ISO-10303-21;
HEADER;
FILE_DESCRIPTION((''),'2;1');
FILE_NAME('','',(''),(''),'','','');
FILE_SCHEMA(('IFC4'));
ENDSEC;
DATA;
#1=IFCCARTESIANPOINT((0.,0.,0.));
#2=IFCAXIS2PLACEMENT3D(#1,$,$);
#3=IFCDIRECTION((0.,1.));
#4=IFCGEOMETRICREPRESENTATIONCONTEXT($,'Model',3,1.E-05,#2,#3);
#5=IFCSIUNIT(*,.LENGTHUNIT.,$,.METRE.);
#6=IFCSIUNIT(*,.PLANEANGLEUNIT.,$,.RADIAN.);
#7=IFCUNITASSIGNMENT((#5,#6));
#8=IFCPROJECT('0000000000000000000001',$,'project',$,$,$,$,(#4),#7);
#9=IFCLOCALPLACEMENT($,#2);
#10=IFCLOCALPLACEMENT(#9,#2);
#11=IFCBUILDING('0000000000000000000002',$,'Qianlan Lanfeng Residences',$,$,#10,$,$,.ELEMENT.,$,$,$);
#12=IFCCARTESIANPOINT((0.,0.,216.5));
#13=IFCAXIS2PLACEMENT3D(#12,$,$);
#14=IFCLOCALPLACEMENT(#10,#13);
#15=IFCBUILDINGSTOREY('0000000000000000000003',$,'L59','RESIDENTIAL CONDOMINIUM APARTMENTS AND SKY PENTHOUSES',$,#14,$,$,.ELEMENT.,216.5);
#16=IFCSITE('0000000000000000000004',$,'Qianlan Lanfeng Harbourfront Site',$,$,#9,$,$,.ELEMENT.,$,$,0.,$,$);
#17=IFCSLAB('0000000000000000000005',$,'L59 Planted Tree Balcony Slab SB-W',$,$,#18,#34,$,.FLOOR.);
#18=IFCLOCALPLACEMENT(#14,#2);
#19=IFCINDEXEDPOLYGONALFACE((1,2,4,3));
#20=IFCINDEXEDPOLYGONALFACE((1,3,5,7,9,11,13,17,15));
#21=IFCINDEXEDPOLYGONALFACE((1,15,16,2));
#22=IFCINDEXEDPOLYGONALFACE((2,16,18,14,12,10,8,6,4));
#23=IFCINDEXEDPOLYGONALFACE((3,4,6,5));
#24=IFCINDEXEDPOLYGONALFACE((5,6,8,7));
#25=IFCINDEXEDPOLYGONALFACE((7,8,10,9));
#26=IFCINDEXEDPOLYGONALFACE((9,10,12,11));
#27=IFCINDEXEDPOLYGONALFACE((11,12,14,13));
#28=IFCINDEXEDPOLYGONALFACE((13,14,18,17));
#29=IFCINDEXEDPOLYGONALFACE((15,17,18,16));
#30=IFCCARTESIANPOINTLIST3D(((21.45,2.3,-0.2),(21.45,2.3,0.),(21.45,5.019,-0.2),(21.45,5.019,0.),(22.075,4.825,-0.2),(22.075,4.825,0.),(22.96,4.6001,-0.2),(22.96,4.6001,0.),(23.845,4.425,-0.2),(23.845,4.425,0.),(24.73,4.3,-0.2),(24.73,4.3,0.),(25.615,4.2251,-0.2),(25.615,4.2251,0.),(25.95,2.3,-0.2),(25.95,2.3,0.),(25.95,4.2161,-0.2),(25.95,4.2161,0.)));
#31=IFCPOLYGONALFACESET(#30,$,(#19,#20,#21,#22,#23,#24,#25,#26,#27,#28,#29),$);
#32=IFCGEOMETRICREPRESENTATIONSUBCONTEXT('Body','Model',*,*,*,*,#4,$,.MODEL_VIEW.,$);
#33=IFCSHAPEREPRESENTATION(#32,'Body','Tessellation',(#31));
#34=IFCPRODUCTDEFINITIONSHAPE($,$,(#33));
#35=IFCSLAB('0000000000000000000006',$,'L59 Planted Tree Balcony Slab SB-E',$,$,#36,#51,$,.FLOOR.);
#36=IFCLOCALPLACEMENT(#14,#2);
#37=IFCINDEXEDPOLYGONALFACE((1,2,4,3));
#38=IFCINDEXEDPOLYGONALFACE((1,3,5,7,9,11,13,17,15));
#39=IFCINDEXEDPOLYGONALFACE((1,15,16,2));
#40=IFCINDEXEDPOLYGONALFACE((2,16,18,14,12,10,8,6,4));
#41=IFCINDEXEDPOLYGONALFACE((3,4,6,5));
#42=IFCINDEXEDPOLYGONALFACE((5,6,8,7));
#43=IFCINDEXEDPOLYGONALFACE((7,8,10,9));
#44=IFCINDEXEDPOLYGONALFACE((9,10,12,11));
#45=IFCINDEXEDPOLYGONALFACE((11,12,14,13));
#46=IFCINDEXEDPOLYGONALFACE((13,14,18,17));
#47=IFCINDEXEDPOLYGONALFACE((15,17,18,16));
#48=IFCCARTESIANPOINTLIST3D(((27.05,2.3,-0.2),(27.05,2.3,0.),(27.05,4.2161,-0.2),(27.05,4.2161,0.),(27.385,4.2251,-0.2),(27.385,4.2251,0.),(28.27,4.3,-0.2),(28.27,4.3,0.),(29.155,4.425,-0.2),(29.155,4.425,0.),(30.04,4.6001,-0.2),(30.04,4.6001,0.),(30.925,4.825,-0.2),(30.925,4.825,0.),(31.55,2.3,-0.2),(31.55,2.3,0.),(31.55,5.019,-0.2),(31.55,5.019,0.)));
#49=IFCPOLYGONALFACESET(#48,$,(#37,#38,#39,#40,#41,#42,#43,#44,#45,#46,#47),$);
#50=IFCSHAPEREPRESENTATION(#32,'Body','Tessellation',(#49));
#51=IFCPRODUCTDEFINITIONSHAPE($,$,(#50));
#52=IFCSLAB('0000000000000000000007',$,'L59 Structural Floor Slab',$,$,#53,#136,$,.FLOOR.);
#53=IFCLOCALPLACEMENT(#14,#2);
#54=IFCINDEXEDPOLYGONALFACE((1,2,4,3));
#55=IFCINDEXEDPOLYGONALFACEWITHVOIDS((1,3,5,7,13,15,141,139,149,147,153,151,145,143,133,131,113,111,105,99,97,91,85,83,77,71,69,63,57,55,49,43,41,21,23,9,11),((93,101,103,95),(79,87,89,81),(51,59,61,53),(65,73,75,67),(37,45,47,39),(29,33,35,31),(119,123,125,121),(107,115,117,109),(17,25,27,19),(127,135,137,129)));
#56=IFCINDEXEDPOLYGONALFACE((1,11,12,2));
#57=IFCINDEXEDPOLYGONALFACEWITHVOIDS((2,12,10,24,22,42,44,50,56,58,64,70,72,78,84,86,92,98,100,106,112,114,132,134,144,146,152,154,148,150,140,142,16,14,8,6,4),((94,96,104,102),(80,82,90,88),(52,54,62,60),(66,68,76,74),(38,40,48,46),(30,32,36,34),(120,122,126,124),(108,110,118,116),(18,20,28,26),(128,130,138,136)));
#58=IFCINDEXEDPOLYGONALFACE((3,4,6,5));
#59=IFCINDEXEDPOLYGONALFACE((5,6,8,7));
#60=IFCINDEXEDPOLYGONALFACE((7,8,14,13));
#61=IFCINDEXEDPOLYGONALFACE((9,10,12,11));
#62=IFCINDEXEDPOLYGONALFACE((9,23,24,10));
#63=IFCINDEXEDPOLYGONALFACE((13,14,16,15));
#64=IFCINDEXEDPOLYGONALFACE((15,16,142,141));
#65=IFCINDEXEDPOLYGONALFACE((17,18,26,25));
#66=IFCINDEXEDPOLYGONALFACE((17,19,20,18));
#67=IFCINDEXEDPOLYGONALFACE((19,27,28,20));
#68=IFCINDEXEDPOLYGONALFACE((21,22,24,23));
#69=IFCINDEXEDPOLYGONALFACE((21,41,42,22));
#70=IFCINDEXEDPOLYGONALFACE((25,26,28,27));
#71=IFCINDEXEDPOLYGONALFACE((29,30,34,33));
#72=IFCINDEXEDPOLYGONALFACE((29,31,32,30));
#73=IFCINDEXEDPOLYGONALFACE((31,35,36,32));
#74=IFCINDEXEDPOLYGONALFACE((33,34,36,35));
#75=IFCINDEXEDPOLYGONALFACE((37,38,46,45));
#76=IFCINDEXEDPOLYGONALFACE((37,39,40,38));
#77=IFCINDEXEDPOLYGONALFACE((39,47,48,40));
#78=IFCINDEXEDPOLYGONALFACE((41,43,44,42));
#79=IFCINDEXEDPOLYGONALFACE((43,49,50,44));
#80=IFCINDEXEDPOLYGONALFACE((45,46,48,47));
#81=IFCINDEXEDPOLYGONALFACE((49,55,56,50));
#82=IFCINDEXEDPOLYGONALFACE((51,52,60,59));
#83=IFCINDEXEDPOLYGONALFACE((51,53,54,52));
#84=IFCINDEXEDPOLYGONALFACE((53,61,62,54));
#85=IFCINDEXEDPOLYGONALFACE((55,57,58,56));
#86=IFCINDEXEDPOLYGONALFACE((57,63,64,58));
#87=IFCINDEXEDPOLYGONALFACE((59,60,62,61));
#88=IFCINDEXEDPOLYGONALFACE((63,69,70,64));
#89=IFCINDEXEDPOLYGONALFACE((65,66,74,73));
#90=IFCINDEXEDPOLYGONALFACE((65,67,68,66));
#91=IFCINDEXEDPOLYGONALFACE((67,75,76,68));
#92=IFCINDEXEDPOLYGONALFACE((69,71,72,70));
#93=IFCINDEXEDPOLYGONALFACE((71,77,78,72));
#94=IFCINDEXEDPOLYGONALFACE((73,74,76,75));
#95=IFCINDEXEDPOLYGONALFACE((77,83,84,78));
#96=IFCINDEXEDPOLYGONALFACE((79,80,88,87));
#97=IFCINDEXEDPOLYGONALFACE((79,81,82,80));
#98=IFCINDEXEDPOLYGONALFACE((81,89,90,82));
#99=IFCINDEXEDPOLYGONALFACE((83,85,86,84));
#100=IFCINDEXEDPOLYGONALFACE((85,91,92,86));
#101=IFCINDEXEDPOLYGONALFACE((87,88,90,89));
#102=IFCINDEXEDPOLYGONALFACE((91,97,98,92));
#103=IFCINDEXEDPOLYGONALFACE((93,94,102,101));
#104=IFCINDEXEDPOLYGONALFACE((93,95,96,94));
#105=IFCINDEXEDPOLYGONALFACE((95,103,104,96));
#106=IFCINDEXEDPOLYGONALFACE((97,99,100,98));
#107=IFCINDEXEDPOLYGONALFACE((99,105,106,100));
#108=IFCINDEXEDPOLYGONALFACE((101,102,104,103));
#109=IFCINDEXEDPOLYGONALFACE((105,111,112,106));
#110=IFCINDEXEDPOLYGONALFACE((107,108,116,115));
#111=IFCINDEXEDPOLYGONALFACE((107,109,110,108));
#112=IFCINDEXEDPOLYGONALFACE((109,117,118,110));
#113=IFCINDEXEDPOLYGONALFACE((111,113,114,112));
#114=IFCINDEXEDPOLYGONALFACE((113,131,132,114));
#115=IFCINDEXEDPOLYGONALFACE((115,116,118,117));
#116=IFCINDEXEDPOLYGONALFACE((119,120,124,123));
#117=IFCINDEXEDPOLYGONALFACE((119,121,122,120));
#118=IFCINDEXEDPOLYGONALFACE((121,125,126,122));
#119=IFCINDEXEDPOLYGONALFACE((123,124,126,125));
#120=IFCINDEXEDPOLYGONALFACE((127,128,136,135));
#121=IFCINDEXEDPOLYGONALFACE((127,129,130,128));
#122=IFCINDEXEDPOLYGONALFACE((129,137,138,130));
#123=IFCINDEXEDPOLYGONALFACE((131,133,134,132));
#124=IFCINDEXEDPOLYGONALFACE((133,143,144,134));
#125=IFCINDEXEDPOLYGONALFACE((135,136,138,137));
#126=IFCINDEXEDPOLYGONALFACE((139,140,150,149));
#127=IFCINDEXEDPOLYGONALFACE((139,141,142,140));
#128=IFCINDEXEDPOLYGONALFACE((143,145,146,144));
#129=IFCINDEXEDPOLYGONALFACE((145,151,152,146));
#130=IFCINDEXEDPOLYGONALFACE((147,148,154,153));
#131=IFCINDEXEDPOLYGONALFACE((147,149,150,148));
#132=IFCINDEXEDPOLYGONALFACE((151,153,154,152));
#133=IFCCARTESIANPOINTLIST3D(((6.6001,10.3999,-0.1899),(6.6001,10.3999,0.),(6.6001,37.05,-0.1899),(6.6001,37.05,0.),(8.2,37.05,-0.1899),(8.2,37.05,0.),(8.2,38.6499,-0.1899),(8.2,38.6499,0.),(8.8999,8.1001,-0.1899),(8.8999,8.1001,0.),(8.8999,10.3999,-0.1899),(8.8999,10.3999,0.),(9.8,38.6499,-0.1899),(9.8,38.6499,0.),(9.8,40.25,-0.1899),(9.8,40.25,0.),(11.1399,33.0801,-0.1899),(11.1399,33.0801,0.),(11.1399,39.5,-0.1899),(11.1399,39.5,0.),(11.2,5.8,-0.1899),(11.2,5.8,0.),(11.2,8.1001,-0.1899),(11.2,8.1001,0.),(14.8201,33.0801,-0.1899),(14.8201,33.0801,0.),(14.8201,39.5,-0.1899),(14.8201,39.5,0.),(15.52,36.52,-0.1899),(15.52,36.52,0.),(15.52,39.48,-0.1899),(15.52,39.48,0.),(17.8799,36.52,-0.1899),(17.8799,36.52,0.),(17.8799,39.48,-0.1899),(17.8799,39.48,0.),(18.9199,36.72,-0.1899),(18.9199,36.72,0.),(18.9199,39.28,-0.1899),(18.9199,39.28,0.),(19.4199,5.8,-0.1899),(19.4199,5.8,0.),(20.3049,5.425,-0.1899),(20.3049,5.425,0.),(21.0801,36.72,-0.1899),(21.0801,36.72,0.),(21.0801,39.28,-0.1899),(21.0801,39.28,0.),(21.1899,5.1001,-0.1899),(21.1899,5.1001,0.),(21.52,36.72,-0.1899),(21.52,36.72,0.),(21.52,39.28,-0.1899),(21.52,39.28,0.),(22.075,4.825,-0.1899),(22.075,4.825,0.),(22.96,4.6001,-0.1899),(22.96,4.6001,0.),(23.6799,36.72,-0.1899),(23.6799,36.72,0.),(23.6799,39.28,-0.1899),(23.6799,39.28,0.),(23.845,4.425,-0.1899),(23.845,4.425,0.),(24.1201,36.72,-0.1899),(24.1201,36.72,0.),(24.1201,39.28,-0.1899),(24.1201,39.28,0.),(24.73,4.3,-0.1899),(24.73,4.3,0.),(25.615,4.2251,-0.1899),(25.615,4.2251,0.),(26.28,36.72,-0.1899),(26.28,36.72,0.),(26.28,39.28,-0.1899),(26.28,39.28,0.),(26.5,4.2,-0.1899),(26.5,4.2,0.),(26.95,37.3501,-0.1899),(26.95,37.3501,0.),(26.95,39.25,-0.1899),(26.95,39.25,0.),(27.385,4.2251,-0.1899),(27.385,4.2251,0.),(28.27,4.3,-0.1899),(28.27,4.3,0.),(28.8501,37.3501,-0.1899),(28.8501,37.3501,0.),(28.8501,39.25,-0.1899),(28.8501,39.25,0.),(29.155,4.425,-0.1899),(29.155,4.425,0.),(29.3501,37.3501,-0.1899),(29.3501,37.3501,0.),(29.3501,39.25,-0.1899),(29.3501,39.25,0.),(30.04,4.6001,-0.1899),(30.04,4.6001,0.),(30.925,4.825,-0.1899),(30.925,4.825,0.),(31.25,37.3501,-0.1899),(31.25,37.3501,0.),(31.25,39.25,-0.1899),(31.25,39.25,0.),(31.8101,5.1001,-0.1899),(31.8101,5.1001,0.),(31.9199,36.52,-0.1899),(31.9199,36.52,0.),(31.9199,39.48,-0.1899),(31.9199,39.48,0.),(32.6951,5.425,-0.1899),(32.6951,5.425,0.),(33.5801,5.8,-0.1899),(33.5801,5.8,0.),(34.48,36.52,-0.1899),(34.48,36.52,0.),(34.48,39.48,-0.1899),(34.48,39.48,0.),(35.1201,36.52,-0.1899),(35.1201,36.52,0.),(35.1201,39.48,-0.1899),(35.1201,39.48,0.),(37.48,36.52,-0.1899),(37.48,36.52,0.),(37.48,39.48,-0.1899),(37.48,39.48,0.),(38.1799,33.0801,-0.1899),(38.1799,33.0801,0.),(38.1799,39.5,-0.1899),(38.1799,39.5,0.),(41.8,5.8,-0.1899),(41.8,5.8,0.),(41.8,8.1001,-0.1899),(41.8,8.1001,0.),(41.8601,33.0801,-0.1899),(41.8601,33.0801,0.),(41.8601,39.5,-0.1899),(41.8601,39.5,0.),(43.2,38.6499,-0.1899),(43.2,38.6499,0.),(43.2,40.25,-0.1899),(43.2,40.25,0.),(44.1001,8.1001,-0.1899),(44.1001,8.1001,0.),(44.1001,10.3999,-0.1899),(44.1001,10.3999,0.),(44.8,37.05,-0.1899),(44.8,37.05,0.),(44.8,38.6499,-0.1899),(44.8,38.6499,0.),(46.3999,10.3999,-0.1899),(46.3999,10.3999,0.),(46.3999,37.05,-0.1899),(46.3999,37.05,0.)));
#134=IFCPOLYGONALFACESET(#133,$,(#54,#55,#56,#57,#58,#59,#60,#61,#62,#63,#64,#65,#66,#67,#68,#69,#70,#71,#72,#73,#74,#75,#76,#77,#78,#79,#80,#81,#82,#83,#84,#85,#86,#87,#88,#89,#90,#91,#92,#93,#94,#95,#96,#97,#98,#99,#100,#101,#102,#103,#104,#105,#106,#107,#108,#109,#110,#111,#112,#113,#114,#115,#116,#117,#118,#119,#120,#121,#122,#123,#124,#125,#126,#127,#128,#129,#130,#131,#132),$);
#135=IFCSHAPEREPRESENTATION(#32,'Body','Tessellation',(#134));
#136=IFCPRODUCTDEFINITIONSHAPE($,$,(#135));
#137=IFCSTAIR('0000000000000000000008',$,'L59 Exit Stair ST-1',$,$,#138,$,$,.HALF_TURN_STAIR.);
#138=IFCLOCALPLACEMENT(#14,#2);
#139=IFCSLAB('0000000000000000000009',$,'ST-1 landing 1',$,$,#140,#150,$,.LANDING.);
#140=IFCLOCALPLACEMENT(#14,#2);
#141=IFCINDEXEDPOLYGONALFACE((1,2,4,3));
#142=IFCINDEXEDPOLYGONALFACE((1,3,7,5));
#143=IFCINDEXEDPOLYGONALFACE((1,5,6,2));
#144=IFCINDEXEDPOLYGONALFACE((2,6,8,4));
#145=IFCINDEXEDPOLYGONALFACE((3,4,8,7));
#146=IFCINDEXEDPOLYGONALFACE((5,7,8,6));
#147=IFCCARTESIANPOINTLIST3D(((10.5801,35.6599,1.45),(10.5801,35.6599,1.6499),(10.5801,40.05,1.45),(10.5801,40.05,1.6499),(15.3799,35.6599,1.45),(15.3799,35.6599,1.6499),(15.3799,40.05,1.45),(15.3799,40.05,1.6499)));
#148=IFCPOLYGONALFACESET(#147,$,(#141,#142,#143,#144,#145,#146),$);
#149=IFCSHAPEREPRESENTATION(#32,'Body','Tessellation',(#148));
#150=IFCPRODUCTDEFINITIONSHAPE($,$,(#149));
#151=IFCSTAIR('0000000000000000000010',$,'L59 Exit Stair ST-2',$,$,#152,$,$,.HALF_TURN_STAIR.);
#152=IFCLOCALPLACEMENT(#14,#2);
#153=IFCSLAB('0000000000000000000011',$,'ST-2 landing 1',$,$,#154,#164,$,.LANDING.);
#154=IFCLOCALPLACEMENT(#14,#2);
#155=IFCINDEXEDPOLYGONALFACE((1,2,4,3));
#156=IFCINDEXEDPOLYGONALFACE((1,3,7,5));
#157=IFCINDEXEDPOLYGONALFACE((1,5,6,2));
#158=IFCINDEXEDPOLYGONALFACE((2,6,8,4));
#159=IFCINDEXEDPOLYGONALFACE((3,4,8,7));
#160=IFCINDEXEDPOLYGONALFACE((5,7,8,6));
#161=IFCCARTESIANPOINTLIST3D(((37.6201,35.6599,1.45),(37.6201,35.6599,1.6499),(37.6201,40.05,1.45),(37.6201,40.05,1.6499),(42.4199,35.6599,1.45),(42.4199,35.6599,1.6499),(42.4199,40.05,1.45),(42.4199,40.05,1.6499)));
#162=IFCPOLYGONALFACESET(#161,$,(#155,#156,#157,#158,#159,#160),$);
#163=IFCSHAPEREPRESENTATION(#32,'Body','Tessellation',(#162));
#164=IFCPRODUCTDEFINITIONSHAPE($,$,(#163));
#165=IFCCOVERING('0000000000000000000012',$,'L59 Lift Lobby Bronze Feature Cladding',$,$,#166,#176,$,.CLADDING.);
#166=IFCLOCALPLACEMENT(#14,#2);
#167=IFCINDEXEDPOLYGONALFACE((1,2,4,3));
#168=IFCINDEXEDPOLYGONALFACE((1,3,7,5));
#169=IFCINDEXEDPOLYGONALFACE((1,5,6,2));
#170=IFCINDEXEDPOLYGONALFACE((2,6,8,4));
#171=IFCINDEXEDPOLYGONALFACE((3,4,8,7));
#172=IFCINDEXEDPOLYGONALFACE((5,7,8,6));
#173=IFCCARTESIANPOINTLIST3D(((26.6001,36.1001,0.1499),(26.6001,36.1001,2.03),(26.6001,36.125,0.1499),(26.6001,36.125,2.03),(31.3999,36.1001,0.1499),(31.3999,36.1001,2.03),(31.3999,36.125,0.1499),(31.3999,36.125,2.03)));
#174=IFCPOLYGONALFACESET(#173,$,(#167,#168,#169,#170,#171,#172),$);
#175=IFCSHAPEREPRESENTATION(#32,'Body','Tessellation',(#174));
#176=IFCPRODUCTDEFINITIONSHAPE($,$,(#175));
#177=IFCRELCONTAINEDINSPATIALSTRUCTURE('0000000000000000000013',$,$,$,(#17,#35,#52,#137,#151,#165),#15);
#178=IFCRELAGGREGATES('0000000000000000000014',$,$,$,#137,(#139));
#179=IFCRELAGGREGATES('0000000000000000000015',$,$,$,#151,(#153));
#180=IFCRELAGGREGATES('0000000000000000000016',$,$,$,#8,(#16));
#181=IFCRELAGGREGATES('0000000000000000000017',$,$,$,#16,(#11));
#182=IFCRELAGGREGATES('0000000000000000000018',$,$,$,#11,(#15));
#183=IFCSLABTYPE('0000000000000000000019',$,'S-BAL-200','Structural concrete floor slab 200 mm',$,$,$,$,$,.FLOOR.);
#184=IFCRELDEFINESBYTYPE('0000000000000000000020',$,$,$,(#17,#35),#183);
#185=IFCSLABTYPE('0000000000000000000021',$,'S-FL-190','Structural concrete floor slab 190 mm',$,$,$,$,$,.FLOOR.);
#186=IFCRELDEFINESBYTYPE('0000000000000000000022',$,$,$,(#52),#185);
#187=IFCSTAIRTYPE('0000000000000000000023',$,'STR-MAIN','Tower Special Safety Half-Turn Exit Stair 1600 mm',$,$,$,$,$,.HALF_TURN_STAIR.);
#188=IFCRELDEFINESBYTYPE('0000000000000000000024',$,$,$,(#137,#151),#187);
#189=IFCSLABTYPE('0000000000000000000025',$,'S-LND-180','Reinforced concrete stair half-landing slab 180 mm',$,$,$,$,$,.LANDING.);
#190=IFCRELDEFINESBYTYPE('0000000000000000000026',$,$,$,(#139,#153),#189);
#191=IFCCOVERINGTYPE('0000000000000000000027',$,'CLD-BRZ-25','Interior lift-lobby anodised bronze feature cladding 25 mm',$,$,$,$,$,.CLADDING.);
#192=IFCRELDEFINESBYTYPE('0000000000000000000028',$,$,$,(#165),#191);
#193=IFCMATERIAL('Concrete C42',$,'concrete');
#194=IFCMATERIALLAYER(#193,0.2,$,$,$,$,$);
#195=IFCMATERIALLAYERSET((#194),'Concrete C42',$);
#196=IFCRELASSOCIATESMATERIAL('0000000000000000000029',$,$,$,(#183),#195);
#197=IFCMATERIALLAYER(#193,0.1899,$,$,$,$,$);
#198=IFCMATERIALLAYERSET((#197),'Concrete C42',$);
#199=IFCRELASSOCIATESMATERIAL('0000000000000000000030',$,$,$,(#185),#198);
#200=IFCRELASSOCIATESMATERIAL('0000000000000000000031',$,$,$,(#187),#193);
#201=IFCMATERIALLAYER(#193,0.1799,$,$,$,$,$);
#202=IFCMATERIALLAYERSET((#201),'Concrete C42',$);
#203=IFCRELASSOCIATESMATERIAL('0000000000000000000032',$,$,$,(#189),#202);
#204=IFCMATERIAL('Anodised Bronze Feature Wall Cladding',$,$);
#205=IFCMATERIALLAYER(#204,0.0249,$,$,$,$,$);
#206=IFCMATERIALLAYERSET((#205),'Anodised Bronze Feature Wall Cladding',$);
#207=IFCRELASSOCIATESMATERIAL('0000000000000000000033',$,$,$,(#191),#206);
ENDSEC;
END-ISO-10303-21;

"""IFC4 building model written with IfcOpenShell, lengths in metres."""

from ifc_helpers import new_model, si_unit, direction, frame, origin, place, context, subcontext, project, spatial, polyline, outline, extrude, material, layer, layer_set, type_object, element, aggregate, save


model = new_model("IFC4")

# Units and contexts
model_context = context("Model", 3, precision=1e-05, world=origin(), true_north=direction((0.0, 1.0)))
body_context = subcontext(model_context, "Body", "Model", "MODEL_VIEW")
ifc_project = project(units=[si_unit("LENGTHUNIT", "METRE"), si_unit("PLANEANGLEUNIT", "RADIAN")], contexts=[model_context])

# Site, building, storey
site_placement = place(None, origin())
site = spatial("IfcSite", under=ifc_project, at=site_placement, Name="Qianlan Lanfeng Harbourfront Site", CompositionType="ELEMENT", RefElevation=0.0)
building_placement = place(site_placement, origin())
building = spatial("IfcBuilding", under=site, at=building_placement, Name="Qianlan Lanfeng Residences", CompositionType="ELEMENT")
storey_placement = place(building_placement, frame((0.0, 0.0, 216.5)))
storey = spatial("IfcBuildingStorey", under=building, at=storey_placement, Name="L59", Description="RESIDENTIAL CONDOMINIUM APARTMENTS AND SKY PENTHOUSES", CompositionType="ELEMENT", Elevation=216.5)

# Slabs
ifc_material_1 = material(Name="Concrete C42", Category="concrete")
ifc_layer_1 = layer(ifc_material_1, 0.2)
ifc_layer_set_1 = layer_set([ifc_layer_1], Name="Concrete C42")
slab_type_1 = type_object("IfcSlabType", Name="S-BAL-200", Description="Structural concrete floor slab 200 mm", PredefinedType="FLOOR", material=ifc_layer_set_1)
slab_1_placement = place(storey_placement, frame((0.0, 0.0, -0.2)))
element("IfcSlab", 1, at=slab_1_placement, inside=storey, type_object=slab_type_1, Name="L59 Planted Tree Balcony Slab SB-W", PredefinedType="FLOOR", context=body_context, shape_type="SweptSolid", body=[
    extrude(outline(polyline([(25.95, 4.2161), (25.615, 4.2251), (24.73, 4.3), (23.845, 4.425), (22.96, 4.6001), (22.075, 4.825), (21.45, 5.019), (21.45, 2.3), (25.95, 2.3), (25.95, 4.2161)])), origin(), (0.0, 0.0, 1.0), 0.2),
])
slab_2_placement = place(storey_placement, frame((0.0, 0.0, -0.2)))
element("IfcSlab", 2, at=slab_2_placement, inside=storey, type_object=slab_type_1, Name="L59 Planted Tree Balcony Slab SB-E", PredefinedType="FLOOR", context=body_context, shape_type="SweptSolid", body=[
    extrude(outline(polyline([(31.55, 5.019), (30.925, 4.825), (30.04, 4.6001), (29.155, 4.425), (28.27, 4.3), (27.385, 4.2251), (27.05, 4.2161), (27.05, 2.3), (31.55, 2.3), (31.55, 5.019)])), origin(), (0.0, 0.0, 1.0), 0.2),
])
ifc_layer_2 = layer(ifc_material_1, 0.1899)
ifc_layer_set_2 = layer_set([ifc_layer_2], Name="Concrete C42")
slab_type_2 = type_object("IfcSlabType", Name="S-FL-190", Description="Structural concrete floor slab 190 mm", PredefinedType="FLOOR", material=ifc_layer_set_2)
slab_3_placement = place(storey_placement, frame((0.0, 0.0, -0.1899)))
element("IfcSlab", 3, at=slab_3_placement, inside=storey, type_object=slab_type_2, Name="L59 Structural Floor Slab", PredefinedType="FLOOR", context=body_context, shape_type="SweptSolid", body=[
    extrude(outline(polyline([(6.6001, 10.3999), (8.8999, 10.3999), (8.8999, 8.1001), (11.2, 8.1001), (11.2, 5.8), (19.4199, 5.8), (20.3049, 5.425), (21.1899, 5.1001), (22.075, 4.825), (22.96, 4.6001), (23.845, 4.425), (24.73, 4.3), (25.615, 4.2251), (26.5, 4.2), (27.385, 4.2251), (28.27, 4.3), (29.155, 4.425), (30.04, 4.6001), (30.925, 4.825), (31.8101, 5.1001), (32.6951, 5.425), (33.5801, 5.8), (41.8, 5.8), (41.8, 8.1001), (44.1001, 8.1001), (44.1001, 10.3999), (46.3999, 10.3999), (46.3999, 37.05), (44.8, 37.05), (44.8, 38.6499), (43.2, 38.6499), (43.2, 40.25), (9.8, 40.25), (9.8, 38.6499), (8.2, 38.6499), (8.2, 37.05), (6.6001, 37.05), (6.6001, 10.3999)]), holes=[polyline([(11.1399, 33.0801), (11.1399, 39.5), (14.8201, 39.5), (14.8201, 33.0801), (11.1399, 33.0801)]), polyline([(38.1799, 33.0801), (38.1799, 39.5), (41.8601, 39.5), (41.8601, 33.0801), (38.1799, 33.0801)]), polyline([(15.52, 36.52), (15.52, 39.48), (17.8799, 39.48), (17.8799, 36.52), (15.52, 36.52)]), polyline([(35.1201, 36.52), (35.1201, 39.48), (37.48, 39.48), (37.48, 36.52), (35.1201, 36.52)]), polyline([(31.9199, 36.52), (31.9199, 39.48), (34.48, 39.48), (34.48, 36.52), (31.9199, 36.52)]), polyline([(18.9199, 36.72), (18.9199, 39.28), (21.0801, 39.28), (21.0801, 36.72), (18.9199, 36.72)]), polyline([(21.52, 36.72), (21.52, 39.28), (23.6799, 39.28), (23.6799, 36.72), (21.52, 36.72)]), polyline([(24.1201, 36.72), (24.1201, 39.28), (26.28, 39.28), (26.28, 36.72), (24.1201, 36.72)]), polyline([(26.95, 37.3501), (26.95, 39.25), (28.8501, 39.25), (28.8501, 37.3501), (26.95, 37.3501)]), polyline([(29.3501, 37.3501), (29.3501, 39.25), (31.25, 39.25), (31.25, 37.3501), (29.3501, 37.3501)])]), origin(), (0.0, 0.0, 1.0), 0.1899),
])

# Stairs, slabs
stair_type = type_object("IfcStairType", Name="STR-MAIN", Description="Tower Special Safety Half-Turn Exit Stair 1600 mm", PredefinedType="HALF_TURN_STAIR", material=ifc_material_1)
stair_1_placement = place(storey_placement, origin())
stair_1 = element("IfcStair", 4, at=stair_1_placement, inside=storey, type_object=stair_type, Name="L59 Exit Stair ST-1", PredefinedType="HALF_TURN_STAIR")
ifc_layer_3 = layer(ifc_material_1, 0.1799)
ifc_layer_set_3 = layer_set([ifc_layer_3], Name="Concrete C42")
slab_type_3 = type_object("IfcSlabType", Name="S-LND-180", Description="Reinforced concrete stair half-landing slab 180 mm", PredefinedType="LANDING", material=ifc_layer_set_3)
slab_4_placement = place(storey_placement, frame((0.0, 0.0, 1.45)))
slab_4 = element("IfcSlab", 5, at=slab_4_placement, type_object=slab_type_3, Name="ST-1 landing 1", PredefinedType="LANDING", context=body_context, shape_type="SweptSolid", body=[
    extrude(outline(polyline([(10.5801, 35.6599), (15.3799, 35.6599), (15.3799, 40.05), (10.5801, 40.05), (10.5801, 35.6599)])), origin(), (0.0, 0.0, 1.0), 0.2),
])
aggregate(stair_1, [slab_4])
stair_2_placement = place(storey_placement, origin())
stair_2 = element("IfcStair", 6, at=stair_2_placement, inside=storey, type_object=stair_type, Name="L59 Exit Stair ST-2", PredefinedType="HALF_TURN_STAIR")
slab_5_placement = place(storey_placement, frame((0.0, 0.0, 1.45)))
slab_5 = element("IfcSlab", 7, at=slab_5_placement, type_object=slab_type_3, Name="ST-2 landing 1", PredefinedType="LANDING", context=body_context, shape_type="SweptSolid", body=[
    extrude(outline(polyline([(37.6201, 35.6599), (42.4199, 35.6599), (42.4199, 40.05), (37.6201, 40.05), (37.6201, 35.6599)])), origin(), (0.0, 0.0, 1.0), 0.2),
])
aggregate(stair_2, [slab_5])

# Covering
ifc_material_2 = material(Name="Anodised Bronze Feature Wall Cladding")
ifc_layer_4 = layer(ifc_material_2, 0.0249)
ifc_layer_set_4 = layer_set([ifc_layer_4], Name="Anodised Bronze Feature Wall Cladding")
covering_type_1 = type_object("IfcCoveringType", Name="CLD-BRZ-25", Description="Interior lift-lobby anodised bronze feature cladding 25 mm", PredefinedType="CLADDING", material=ifc_layer_set_4)
covering_1_placement = place(storey_placement, frame((0.0, 0.0, 0.1499)))
element("IfcCovering", 8, at=covering_1_placement, inside=storey, type_object=covering_type_1, Name="L59 Lift Lobby Bronze Feature Cladding", PredefinedType="CLADDING", context=body_context, shape_type="SweptSolid", body=[
    extrude(outline(polyline([(26.6001, 36.1001), (31.3999, 36.1001), (31.3999, 36.125), (26.6001, 36.125), (26.6001, 36.1001)])), origin(), (0.0, 0.0, 1.0), 1.8801),
])

save(model, "model.ifc")
